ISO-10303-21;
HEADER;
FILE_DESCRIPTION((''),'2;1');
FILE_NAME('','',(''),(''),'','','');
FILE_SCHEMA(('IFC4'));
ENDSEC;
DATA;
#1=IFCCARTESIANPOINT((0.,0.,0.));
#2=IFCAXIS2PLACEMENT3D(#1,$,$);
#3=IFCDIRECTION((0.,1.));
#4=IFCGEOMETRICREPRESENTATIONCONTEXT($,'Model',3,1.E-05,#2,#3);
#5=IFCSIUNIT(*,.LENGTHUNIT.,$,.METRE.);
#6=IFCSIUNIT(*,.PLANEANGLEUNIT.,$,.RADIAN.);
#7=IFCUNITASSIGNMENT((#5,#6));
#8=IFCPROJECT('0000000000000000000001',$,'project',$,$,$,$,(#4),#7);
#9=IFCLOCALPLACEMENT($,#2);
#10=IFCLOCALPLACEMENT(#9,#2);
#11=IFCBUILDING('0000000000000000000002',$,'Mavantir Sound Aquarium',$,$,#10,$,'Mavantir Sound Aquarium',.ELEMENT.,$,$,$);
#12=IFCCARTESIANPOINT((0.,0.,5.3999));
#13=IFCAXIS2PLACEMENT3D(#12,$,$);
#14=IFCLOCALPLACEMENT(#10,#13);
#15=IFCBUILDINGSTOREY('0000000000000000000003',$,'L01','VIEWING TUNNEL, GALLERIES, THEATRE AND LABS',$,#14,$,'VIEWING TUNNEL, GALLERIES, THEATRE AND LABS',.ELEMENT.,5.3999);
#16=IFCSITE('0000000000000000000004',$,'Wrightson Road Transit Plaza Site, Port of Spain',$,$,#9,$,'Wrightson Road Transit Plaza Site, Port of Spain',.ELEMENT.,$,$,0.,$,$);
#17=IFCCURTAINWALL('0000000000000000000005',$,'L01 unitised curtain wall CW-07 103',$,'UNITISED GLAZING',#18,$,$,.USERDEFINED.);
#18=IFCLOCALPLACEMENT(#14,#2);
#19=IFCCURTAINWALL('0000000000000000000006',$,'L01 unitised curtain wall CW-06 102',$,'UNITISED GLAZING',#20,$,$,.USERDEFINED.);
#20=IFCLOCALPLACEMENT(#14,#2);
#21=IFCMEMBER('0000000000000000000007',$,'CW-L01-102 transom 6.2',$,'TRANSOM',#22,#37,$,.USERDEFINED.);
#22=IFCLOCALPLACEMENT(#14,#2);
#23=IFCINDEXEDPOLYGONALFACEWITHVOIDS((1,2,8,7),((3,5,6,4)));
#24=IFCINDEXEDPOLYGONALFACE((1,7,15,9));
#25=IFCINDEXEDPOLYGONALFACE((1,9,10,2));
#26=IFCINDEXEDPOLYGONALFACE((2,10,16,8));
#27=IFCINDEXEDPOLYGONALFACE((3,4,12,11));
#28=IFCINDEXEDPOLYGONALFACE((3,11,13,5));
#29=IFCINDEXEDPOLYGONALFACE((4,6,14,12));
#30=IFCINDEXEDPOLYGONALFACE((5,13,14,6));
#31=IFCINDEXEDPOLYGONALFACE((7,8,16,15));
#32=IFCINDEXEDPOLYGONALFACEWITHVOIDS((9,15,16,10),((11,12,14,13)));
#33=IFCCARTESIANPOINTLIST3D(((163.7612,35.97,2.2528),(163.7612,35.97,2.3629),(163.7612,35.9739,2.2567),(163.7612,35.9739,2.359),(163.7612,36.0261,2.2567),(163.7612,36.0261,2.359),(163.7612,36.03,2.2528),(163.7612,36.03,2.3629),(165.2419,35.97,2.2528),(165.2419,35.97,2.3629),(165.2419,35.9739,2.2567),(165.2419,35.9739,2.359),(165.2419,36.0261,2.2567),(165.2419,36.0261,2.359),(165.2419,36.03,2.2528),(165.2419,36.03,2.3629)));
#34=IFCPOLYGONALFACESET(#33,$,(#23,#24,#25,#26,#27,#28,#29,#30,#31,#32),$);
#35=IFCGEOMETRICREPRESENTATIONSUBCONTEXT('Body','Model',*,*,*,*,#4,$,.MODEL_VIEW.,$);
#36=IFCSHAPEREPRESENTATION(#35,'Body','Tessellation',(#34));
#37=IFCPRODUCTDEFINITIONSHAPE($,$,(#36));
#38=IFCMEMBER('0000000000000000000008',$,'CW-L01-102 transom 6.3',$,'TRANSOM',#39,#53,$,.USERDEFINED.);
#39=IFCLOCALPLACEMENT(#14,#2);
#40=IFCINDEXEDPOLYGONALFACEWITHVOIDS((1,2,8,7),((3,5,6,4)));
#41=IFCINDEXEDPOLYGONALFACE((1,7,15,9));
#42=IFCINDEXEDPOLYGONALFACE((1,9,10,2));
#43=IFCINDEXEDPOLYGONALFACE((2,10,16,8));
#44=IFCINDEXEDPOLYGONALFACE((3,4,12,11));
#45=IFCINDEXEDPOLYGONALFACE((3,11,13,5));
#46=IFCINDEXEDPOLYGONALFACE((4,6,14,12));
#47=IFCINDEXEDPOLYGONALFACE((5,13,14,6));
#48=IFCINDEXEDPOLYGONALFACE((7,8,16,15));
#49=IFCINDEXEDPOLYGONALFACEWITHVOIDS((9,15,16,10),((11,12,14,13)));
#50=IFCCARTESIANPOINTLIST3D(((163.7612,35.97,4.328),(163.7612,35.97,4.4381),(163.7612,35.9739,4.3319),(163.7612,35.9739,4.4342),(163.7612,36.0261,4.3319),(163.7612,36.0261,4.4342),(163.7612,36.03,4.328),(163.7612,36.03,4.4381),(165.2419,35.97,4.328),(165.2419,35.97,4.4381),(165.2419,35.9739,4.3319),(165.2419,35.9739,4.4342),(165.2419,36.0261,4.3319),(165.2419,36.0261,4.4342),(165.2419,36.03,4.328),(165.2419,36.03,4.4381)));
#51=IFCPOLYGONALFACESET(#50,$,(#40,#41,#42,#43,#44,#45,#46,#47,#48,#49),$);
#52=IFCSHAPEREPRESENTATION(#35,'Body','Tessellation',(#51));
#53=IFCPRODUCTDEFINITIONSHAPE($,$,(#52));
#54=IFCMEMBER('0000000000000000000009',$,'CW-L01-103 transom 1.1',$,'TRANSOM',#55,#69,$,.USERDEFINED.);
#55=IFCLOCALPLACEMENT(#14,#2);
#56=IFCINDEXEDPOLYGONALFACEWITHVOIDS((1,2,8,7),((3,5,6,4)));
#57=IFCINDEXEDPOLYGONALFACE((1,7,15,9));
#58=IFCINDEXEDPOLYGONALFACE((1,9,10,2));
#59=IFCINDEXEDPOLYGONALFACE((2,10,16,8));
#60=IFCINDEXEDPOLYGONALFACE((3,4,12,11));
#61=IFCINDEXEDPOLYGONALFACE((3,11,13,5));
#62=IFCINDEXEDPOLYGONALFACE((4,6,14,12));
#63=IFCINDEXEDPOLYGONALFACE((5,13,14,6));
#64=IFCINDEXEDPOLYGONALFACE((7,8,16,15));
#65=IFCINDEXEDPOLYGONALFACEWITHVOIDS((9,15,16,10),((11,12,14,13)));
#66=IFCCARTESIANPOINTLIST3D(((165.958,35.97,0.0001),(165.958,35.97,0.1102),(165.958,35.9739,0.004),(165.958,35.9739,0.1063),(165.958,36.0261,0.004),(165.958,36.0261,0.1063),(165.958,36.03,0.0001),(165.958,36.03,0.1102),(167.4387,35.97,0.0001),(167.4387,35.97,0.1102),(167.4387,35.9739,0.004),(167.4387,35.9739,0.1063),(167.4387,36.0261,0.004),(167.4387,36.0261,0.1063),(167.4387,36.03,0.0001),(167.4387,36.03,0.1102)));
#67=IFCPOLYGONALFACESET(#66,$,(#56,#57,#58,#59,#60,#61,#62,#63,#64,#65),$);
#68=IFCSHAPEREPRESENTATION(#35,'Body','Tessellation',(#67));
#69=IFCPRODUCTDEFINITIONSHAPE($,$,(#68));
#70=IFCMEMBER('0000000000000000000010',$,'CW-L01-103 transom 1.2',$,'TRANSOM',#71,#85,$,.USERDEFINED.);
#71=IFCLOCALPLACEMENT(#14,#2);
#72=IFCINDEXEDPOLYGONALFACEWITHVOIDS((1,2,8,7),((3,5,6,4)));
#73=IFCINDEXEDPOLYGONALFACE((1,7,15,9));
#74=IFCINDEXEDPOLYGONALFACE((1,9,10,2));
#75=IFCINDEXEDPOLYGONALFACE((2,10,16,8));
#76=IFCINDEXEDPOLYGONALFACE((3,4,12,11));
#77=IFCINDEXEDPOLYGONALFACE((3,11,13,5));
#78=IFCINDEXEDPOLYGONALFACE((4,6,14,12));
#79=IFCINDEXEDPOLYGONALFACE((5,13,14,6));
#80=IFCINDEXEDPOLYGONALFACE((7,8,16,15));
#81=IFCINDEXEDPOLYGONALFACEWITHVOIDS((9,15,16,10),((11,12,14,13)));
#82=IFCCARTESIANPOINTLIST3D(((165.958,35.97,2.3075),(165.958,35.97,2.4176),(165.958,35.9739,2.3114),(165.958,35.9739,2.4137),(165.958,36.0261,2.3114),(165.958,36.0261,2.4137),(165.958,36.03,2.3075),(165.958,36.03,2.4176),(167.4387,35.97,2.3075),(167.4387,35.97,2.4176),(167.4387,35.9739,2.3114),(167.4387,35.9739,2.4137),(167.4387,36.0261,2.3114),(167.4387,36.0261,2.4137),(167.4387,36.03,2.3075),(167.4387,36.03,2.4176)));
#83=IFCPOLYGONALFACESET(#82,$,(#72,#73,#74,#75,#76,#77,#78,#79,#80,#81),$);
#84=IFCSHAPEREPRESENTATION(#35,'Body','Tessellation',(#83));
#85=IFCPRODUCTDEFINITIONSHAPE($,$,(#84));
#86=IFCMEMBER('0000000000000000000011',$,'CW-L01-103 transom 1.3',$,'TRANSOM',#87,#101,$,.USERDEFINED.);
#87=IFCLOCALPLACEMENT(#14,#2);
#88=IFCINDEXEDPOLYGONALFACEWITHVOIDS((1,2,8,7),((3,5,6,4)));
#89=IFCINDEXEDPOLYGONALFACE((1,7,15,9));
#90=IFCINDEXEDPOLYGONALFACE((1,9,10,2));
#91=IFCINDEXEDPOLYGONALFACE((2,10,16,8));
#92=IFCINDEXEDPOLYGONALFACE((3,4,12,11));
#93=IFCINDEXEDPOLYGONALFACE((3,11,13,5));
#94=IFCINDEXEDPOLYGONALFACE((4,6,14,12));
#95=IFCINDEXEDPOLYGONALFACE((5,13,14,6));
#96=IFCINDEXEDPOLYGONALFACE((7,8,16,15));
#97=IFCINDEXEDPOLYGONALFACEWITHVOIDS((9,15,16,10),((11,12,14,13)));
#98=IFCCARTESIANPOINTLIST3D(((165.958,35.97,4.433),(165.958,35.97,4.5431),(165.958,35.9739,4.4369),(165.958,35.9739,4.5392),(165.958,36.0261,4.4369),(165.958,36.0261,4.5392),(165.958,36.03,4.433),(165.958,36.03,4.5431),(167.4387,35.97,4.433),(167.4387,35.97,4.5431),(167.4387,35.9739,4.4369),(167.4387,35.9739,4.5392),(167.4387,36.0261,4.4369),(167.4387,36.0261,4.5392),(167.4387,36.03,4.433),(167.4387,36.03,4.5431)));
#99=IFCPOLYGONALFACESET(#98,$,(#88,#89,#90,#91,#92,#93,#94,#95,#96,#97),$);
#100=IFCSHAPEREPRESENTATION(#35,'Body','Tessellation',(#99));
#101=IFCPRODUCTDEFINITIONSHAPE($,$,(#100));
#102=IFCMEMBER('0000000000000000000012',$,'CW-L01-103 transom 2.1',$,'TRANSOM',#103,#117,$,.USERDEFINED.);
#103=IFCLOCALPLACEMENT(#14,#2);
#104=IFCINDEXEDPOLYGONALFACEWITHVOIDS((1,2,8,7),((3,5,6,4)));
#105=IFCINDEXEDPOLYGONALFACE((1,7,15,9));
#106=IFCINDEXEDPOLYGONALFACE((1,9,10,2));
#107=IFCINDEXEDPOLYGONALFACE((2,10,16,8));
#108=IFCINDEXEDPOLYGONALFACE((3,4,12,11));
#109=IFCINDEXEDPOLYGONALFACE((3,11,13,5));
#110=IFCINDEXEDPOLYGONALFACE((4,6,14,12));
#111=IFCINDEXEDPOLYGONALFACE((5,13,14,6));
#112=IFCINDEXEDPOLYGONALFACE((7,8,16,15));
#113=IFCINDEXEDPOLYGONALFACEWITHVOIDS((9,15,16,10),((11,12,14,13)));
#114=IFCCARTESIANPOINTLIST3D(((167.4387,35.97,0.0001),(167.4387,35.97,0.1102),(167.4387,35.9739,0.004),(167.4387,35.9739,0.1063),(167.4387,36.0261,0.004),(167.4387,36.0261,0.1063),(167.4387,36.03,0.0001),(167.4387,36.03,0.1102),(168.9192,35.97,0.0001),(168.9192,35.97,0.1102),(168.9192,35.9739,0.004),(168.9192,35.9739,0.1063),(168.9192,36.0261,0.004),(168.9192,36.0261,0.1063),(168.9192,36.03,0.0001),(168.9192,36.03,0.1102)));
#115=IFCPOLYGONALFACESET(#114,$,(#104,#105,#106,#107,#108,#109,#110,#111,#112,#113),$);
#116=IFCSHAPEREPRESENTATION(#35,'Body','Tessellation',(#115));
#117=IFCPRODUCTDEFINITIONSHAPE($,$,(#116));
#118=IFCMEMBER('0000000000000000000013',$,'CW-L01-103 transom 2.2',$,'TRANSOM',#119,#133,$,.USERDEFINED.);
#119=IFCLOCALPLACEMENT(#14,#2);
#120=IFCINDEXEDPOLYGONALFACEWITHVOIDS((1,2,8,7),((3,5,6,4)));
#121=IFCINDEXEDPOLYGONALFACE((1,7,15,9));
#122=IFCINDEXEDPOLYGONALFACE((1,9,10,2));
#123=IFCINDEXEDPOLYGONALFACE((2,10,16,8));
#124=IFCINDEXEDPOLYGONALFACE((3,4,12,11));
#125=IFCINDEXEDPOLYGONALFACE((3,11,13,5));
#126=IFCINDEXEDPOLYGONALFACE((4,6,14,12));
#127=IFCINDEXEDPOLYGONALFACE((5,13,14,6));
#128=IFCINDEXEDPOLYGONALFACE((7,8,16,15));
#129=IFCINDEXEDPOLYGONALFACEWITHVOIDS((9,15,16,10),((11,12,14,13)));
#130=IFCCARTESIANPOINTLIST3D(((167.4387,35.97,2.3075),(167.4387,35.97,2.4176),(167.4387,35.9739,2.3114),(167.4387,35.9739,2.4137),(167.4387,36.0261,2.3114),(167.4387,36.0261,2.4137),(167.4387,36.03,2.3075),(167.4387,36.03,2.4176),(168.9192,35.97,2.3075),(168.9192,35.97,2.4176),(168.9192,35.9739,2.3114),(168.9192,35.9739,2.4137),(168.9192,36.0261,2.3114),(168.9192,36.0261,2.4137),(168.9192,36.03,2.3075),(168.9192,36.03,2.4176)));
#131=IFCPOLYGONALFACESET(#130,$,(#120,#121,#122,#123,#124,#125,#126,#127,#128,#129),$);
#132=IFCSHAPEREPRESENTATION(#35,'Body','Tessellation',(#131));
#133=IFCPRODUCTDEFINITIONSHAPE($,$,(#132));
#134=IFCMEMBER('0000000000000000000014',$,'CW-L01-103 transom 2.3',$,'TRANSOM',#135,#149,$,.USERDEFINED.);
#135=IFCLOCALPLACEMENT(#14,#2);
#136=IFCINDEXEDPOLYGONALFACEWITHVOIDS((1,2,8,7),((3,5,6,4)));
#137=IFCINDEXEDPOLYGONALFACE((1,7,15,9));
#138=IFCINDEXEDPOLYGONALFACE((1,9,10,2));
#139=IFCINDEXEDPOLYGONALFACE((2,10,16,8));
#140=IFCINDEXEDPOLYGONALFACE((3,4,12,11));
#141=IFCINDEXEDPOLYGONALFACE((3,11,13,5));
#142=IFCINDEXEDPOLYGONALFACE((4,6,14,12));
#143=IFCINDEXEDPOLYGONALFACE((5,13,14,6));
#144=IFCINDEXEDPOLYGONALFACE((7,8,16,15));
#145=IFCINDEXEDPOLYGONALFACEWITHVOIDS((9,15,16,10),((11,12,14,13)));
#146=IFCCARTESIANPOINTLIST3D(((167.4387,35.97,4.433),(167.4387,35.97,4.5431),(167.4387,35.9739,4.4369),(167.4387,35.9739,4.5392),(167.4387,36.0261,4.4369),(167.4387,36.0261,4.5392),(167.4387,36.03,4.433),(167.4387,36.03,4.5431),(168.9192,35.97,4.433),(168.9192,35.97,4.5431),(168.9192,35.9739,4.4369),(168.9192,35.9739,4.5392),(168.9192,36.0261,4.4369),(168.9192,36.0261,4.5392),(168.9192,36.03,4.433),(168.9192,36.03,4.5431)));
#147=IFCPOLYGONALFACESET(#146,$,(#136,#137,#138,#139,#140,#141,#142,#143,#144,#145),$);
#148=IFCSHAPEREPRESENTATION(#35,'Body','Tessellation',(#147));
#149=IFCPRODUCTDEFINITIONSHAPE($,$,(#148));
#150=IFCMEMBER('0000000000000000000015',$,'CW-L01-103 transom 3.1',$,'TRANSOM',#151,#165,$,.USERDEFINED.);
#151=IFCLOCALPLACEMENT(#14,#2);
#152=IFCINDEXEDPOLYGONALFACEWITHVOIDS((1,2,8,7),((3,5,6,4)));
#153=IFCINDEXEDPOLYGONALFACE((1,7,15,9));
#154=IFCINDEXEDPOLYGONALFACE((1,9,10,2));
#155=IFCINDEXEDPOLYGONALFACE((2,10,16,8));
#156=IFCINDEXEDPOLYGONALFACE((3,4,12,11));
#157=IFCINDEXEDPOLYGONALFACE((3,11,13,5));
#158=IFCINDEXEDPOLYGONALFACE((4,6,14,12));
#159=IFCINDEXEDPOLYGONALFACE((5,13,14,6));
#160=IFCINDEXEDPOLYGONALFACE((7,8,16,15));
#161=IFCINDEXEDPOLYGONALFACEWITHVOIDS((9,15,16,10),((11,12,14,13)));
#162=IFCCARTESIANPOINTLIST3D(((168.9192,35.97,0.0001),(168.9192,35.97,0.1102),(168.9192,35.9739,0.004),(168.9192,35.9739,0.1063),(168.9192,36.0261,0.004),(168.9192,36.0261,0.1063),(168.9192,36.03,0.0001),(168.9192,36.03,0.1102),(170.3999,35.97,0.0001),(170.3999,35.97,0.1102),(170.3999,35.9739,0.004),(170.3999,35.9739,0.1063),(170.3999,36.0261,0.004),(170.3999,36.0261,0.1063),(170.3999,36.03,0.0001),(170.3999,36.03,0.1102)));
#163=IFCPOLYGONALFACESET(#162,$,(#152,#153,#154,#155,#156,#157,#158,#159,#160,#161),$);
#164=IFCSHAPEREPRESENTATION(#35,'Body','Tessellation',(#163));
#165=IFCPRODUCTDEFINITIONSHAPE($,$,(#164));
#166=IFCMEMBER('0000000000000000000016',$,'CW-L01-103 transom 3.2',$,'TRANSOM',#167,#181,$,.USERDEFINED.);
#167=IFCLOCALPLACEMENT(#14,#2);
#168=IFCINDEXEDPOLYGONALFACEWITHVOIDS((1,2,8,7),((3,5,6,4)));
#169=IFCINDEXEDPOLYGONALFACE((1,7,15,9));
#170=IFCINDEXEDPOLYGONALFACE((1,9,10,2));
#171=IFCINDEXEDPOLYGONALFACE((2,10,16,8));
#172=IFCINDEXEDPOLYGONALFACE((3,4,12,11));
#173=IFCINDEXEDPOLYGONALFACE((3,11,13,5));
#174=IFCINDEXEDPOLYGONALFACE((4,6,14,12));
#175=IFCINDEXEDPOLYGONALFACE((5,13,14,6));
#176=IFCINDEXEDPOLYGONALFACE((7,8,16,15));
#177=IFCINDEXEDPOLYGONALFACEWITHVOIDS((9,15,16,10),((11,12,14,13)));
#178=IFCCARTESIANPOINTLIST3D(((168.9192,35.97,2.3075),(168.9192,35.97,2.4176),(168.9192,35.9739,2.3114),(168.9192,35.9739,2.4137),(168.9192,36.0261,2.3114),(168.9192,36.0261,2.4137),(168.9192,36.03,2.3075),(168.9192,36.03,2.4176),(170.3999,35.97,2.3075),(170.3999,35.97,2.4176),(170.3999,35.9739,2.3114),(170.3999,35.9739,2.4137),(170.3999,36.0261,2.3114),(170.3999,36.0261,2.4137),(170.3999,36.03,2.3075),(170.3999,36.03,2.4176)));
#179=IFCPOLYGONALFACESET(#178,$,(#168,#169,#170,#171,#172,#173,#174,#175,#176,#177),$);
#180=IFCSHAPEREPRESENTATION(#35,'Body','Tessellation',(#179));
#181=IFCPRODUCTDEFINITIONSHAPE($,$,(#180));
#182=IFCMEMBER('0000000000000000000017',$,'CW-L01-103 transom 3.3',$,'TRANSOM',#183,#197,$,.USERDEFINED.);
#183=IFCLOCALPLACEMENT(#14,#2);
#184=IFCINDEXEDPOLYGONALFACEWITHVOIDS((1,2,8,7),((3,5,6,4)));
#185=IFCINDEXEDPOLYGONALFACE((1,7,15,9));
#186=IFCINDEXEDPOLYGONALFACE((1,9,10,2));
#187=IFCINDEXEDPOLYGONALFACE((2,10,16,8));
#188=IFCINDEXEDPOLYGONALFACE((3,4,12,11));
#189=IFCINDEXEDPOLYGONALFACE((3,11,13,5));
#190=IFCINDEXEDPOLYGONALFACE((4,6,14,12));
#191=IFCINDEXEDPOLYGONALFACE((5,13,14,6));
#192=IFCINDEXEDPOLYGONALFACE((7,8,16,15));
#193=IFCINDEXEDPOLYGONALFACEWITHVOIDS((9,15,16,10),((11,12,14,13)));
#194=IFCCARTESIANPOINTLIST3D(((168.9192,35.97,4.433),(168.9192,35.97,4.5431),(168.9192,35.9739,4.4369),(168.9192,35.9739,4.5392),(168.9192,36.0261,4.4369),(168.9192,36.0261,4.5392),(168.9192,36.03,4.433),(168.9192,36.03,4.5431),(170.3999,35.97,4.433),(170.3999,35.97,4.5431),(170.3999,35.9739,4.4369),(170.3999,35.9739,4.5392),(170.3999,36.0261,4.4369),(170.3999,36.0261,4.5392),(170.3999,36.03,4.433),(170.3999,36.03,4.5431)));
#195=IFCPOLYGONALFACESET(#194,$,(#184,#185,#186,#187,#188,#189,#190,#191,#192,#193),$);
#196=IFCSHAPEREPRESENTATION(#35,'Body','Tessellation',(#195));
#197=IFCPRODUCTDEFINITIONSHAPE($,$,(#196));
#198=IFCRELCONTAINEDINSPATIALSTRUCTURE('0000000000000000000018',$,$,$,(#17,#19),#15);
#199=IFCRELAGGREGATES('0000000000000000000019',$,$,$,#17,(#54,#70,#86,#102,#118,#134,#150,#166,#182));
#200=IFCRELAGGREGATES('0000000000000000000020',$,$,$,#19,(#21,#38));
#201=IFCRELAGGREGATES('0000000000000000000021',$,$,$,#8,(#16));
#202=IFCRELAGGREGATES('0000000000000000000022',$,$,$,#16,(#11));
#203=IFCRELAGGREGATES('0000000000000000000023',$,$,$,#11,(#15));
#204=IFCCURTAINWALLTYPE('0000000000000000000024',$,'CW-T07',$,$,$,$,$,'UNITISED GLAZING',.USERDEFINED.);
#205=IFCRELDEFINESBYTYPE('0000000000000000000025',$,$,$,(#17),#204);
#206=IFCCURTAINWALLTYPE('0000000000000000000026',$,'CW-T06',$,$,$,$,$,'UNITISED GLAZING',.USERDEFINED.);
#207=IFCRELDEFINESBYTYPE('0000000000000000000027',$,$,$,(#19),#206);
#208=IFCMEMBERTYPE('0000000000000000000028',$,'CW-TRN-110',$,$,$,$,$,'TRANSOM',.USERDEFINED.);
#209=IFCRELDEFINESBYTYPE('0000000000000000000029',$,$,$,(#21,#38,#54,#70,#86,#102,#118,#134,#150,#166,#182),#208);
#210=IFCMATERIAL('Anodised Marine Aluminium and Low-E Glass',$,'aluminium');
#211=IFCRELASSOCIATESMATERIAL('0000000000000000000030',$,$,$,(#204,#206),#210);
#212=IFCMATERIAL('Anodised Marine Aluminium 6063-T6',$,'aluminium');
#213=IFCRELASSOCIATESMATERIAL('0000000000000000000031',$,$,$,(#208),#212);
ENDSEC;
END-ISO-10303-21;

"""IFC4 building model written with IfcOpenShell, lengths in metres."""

from ifc_helpers import new_model, si_unit, direction, frame, origin, origin_2d, place, context, subcontext, project, spatial, hollow_rectangle, extrude, material, material_profile, profile_set, type_object, element, aggregate, save


model = new_model("IFC4")

# Units and contexts
model_context = context("Model", 3, precision=1e-05, world=origin(), true_north=direction((0.0, 1.0)))
body_context = subcontext(model_context, "Body", "Model", "MODEL_VIEW")
ifc_project = project(units=[si_unit("LENGTHUNIT", "METRE"), si_unit("PLANEANGLEUNIT", "RADIAN")], contexts=[model_context])

# Site, building, storey
site_placement = place(None, origin())
site = spatial("IfcSite", under=ifc_project, at=site_placement, Name="Wrightson Road Transit Plaza Site, Port of Spain", LongName="Wrightson Road Transit Plaza Site, Port of Spain", CompositionType="ELEMENT", RefElevation=0.0)
building_placement = place(site_placement, origin())
building = spatial("IfcBuilding", under=site, at=building_placement, Name="Mavantir Sound Aquarium", LongName="Mavantir Sound Aquarium", CompositionType="ELEMENT")
storey_placement = place(building_placement, frame((0.0, 0.0, 5.3999)))
storey = spatial("IfcBuildingStorey", under=building, at=storey_placement, Name="L01", Description="VIEWING TUNNEL, GALLERIES, THEATRE AND LABS", LongName="VIEWING TUNNEL, GALLERIES, THEATRE AND LABS", CompositionType="ELEMENT", Elevation=5.3999)

# Curtain walls, members
ifc_material_1 = material(Name="Anodised Marine Aluminium and Low-E Glass", Category="aluminium")
curtain_wall_type_1 = type_object("IfcCurtainWallType", Name="CW-T07", ElementType="UNITISED GLAZING", PredefinedType="USERDEFINED", material=ifc_material_1)
curtain_wall_1_placement = place(storey_placement, origin())
curtain_wall_1 = element("IfcCurtainWall", 1, at=curtain_wall_1_placement, inside=storey, type_object=curtain_wall_type_1, Name="L01 unitised curtain wall CW-07 103", ObjectType="UNITISED GLAZING", PredefinedType="USERDEFINED")
ifc_material_2 = material(Name="Anodised Marine Aluminium 6063-T6", Category="aluminium")
curtain_wall_type_2 = type_object("IfcCurtainWallType", Name="CW-T06", ElementType="UNITISED GLAZING", PredefinedType="USERDEFINED", material=ifc_material_1)
curtain_wall_2_placement = place(storey_placement, origin())
curtain_wall_2 = element("IfcCurtainWall", 2, at=curtain_wall_2_placement, inside=storey, type_object=curtain_wall_type_2, Name="L01 unitised curtain wall CW-06 102", ObjectType="UNITISED GLAZING", PredefinedType="USERDEFINED")
ifc_material_profile_1 = material_profile(ifc_material_2, hollow_rectangle(XDim=0.0601, YDim=0.1101, WallThickness=0.0039, at=origin_2d()), Name="ALU-TRANSOM-110X60")
ifc_profile_set_1 = profile_set([ifc_material_profile_1], Name="Anodised Marine Aluminium 6063-T6")
member_type_1 = type_object("IfcMemberType", Name="CW-TRN-110", ElementType="TRANSOM", PredefinedType="USERDEFINED", material=ifc_profile_set_1)
member_1_placement = place(storey_placement, frame((163.7612, 36.0, 2.3079), z_axis=(1.0, 0.0, 0.0), x_axis=(0.0, 1.0, 0.0)))
member_1 = element("IfcMember", 3, at=member_1_placement, type_object=member_type_1, Name="CW-L01-102 transom 6.2", ObjectType="TRANSOM", PredefinedType="USERDEFINED", context=body_context, shape_type="SweptSolid", body=[
    extrude(hollow_rectangle(XDim=0.0601, YDim=0.1101, WallThickness=0.0039, at=origin_2d()), origin(), (0.0, 0.0, 1.0), 1.4807),
])
member_2_placement = place(storey_placement, frame((163.7612, 36.0, 4.3831), z_axis=(1.0, 0.0, 0.0), x_axis=(0.0, 1.0, 0.0)))
member_2 = element("IfcMember", 4, at=member_2_placement, type_object=member_type_1, Name="CW-L01-102 transom 6.3", ObjectType="TRANSOM", PredefinedType="USERDEFINED", context=body_context, shape_type="SweptSolid", body=[
    extrude(hollow_rectangle(XDim=0.0601, YDim=0.1101, WallThickness=0.0039, at=origin_2d()), origin(), (0.0, 0.0, 1.0), 1.4807),
])

# Members
member_3_placement = place(storey_placement, frame((165.958, 36.0, 0.0552), z_axis=(1.0, 0.0, 0.0), x_axis=(0.0, 1.0, 0.0)))
member_3 = element("IfcMember", 5, at=member_3_placement, type_object=member_type_1, Name="CW-L01-103 transom 1.1", ObjectType="TRANSOM", PredefinedType="USERDEFINED", context=body_context, shape_type="SweptSolid", body=[
    extrude(hollow_rectangle(XDim=0.0601, YDim=0.1101, WallThickness=0.0039, at=origin_2d()), origin(), (0.0, 0.0, 1.0), 1.4807),
])
member_4_placement = place(storey_placement, frame((165.958, 36.0, 2.3625), z_axis=(1.0, 0.0, 0.0), x_axis=(0.0, 1.0, 0.0)))
member_4 = element("IfcMember", 6, at=member_4_placement, type_object=member_type_1, Name="CW-L01-103 transom 1.2", ObjectType="TRANSOM", PredefinedType="USERDEFINED", context=body_context, shape_type="SweptSolid", body=[
    extrude(hollow_rectangle(XDim=0.0601, YDim=0.1101, WallThickness=0.0039, at=origin_2d()), origin(), (0.0, 0.0, 1.0), 1.4807),
])
member_5_placement = place(storey_placement, frame((165.958, 36.0, 4.488), z_axis=(1.0, 0.0, 0.0), x_axis=(0.0, 1.0, 0.0)))
member_5 = element("IfcMember", 7, at=member_5_placement, type_object=member_type_1, Name="CW-L01-103 transom 1.3", ObjectType="TRANSOM", PredefinedType="USERDEFINED", context=body_context, shape_type="SweptSolid", body=[
    extrude(hollow_rectangle(XDim=0.0601, YDim=0.1101, WallThickness=0.0039, at=origin_2d()), origin(), (0.0, 0.0, 1.0), 1.4807),
])
member_6_placement = place(storey_placement, frame((167.4387, 36.0, 0.0552), z_axis=(1.0, 0.0, 0.0), x_axis=(0.0, 1.0, 0.0)))
member_6 = element("IfcMember", 8, at=member_6_placement, type_object=member_type_1, Name="CW-L01-103 transom 2.1", ObjectType="TRANSOM", PredefinedType="USERDEFINED", context=body_context, shape_type="SweptSolid", body=[
    extrude(hollow_rectangle(XDim=0.0601, YDim=0.1101, WallThickness=0.0039, at=origin_2d()), origin(), (0.0, 0.0, 1.0), 1.4805),
])
member_7_placement = place(storey_placement, frame((167.4387, 36.0, 2.3625), z_axis=(1.0, 0.0, 0.0), x_axis=(0.0, 1.0, 0.0)))
member_7 = element("IfcMember", 9, at=member_7_placement, type_object=member_type_1, Name="CW-L01-103 transom 2.2", ObjectType="TRANSOM", PredefinedType="USERDEFINED", context=body_context, shape_type="SweptSolid", body=[
    extrude(hollow_rectangle(XDim=0.0601, YDim=0.1101, WallThickness=0.0039, at=origin_2d()), origin(), (0.0, 0.0, 1.0), 1.4805),
])
member_8_placement = place(storey_placement, frame((167.4387, 36.0, 4.488), z_axis=(1.0, 0.0, 0.0), x_axis=(0.0, 1.0, 0.0)))
member_8 = element("IfcMember", 10, at=member_8_placement, type_object=member_type_1, Name="CW-L01-103 transom 2.3", ObjectType="TRANSOM", PredefinedType="USERDEFINED", context=body_context, shape_type="SweptSolid", body=[
    extrude(hollow_rectangle(XDim=0.0601, YDim=0.1101, WallThickness=0.0039, at=origin_2d()), origin(), (0.0, 0.0, 1.0), 1.4805),
])
member_9_placement = place(storey_placement, frame((168.9192, 36.0, 0.0552), z_axis=(1.0, 0.0, 0.0), x_axis=(0.0, 1.0, 0.0)))
member_9 = element("IfcMember", 11, at=member_9_placement, type_object=member_type_1, Name="CW-L01-103 transom 3.1", ObjectType="TRANSOM", PredefinedType="USERDEFINED", context=body_context, shape_type="SweptSolid", body=[
    extrude(hollow_rectangle(XDim=0.0601, YDim=0.1101, WallThickness=0.0039, at=origin_2d()), origin(), (0.0, 0.0, 1.0), 1.4807),
])
member_10_placement = place(storey_placement, frame((168.9192, 36.0, 2.3625), z_axis=(1.0, 0.0, 0.0), x_axis=(0.0, 1.0, 0.0)))
member_10 = element("IfcMember", 12, at=member_10_placement, type_object=member_type_1, Name="CW-L01-103 transom 3.2", ObjectType="TRANSOM", PredefinedType="USERDEFINED", context=body_context, shape_type="SweptSolid", body=[
    extrude(hollow_rectangle(XDim=0.0601, YDim=0.1101, WallThickness=0.0039, at=origin_2d()), origin(), (0.0, 0.0, 1.0), 1.4807),
])
member_11_placement = place(storey_placement, frame((168.9192, 36.0, 4.488), z_axis=(1.0, 0.0, 0.0), x_axis=(0.0, 1.0, 0.0)))
member_11 = element("IfcMember", 13, at=member_11_placement, type_object=member_type_1, Name="CW-L01-103 transom 3.3", ObjectType="TRANSOM", PredefinedType="USERDEFINED", context=body_context, shape_type="SweptSolid", body=[
    extrude(hollow_rectangle(XDim=0.0601, YDim=0.1101, WallThickness=0.0039, at=origin_2d()), origin(), (0.0, 0.0, 1.0), 1.4807),
])

aggregate(curtain_wall_1, [member_3, member_4, member_5, member_6, member_7, member_8, member_9, member_10, member_11])
aggregate(curtain_wall_2, [member_1, member_2])

save(model, "model.ifc")
